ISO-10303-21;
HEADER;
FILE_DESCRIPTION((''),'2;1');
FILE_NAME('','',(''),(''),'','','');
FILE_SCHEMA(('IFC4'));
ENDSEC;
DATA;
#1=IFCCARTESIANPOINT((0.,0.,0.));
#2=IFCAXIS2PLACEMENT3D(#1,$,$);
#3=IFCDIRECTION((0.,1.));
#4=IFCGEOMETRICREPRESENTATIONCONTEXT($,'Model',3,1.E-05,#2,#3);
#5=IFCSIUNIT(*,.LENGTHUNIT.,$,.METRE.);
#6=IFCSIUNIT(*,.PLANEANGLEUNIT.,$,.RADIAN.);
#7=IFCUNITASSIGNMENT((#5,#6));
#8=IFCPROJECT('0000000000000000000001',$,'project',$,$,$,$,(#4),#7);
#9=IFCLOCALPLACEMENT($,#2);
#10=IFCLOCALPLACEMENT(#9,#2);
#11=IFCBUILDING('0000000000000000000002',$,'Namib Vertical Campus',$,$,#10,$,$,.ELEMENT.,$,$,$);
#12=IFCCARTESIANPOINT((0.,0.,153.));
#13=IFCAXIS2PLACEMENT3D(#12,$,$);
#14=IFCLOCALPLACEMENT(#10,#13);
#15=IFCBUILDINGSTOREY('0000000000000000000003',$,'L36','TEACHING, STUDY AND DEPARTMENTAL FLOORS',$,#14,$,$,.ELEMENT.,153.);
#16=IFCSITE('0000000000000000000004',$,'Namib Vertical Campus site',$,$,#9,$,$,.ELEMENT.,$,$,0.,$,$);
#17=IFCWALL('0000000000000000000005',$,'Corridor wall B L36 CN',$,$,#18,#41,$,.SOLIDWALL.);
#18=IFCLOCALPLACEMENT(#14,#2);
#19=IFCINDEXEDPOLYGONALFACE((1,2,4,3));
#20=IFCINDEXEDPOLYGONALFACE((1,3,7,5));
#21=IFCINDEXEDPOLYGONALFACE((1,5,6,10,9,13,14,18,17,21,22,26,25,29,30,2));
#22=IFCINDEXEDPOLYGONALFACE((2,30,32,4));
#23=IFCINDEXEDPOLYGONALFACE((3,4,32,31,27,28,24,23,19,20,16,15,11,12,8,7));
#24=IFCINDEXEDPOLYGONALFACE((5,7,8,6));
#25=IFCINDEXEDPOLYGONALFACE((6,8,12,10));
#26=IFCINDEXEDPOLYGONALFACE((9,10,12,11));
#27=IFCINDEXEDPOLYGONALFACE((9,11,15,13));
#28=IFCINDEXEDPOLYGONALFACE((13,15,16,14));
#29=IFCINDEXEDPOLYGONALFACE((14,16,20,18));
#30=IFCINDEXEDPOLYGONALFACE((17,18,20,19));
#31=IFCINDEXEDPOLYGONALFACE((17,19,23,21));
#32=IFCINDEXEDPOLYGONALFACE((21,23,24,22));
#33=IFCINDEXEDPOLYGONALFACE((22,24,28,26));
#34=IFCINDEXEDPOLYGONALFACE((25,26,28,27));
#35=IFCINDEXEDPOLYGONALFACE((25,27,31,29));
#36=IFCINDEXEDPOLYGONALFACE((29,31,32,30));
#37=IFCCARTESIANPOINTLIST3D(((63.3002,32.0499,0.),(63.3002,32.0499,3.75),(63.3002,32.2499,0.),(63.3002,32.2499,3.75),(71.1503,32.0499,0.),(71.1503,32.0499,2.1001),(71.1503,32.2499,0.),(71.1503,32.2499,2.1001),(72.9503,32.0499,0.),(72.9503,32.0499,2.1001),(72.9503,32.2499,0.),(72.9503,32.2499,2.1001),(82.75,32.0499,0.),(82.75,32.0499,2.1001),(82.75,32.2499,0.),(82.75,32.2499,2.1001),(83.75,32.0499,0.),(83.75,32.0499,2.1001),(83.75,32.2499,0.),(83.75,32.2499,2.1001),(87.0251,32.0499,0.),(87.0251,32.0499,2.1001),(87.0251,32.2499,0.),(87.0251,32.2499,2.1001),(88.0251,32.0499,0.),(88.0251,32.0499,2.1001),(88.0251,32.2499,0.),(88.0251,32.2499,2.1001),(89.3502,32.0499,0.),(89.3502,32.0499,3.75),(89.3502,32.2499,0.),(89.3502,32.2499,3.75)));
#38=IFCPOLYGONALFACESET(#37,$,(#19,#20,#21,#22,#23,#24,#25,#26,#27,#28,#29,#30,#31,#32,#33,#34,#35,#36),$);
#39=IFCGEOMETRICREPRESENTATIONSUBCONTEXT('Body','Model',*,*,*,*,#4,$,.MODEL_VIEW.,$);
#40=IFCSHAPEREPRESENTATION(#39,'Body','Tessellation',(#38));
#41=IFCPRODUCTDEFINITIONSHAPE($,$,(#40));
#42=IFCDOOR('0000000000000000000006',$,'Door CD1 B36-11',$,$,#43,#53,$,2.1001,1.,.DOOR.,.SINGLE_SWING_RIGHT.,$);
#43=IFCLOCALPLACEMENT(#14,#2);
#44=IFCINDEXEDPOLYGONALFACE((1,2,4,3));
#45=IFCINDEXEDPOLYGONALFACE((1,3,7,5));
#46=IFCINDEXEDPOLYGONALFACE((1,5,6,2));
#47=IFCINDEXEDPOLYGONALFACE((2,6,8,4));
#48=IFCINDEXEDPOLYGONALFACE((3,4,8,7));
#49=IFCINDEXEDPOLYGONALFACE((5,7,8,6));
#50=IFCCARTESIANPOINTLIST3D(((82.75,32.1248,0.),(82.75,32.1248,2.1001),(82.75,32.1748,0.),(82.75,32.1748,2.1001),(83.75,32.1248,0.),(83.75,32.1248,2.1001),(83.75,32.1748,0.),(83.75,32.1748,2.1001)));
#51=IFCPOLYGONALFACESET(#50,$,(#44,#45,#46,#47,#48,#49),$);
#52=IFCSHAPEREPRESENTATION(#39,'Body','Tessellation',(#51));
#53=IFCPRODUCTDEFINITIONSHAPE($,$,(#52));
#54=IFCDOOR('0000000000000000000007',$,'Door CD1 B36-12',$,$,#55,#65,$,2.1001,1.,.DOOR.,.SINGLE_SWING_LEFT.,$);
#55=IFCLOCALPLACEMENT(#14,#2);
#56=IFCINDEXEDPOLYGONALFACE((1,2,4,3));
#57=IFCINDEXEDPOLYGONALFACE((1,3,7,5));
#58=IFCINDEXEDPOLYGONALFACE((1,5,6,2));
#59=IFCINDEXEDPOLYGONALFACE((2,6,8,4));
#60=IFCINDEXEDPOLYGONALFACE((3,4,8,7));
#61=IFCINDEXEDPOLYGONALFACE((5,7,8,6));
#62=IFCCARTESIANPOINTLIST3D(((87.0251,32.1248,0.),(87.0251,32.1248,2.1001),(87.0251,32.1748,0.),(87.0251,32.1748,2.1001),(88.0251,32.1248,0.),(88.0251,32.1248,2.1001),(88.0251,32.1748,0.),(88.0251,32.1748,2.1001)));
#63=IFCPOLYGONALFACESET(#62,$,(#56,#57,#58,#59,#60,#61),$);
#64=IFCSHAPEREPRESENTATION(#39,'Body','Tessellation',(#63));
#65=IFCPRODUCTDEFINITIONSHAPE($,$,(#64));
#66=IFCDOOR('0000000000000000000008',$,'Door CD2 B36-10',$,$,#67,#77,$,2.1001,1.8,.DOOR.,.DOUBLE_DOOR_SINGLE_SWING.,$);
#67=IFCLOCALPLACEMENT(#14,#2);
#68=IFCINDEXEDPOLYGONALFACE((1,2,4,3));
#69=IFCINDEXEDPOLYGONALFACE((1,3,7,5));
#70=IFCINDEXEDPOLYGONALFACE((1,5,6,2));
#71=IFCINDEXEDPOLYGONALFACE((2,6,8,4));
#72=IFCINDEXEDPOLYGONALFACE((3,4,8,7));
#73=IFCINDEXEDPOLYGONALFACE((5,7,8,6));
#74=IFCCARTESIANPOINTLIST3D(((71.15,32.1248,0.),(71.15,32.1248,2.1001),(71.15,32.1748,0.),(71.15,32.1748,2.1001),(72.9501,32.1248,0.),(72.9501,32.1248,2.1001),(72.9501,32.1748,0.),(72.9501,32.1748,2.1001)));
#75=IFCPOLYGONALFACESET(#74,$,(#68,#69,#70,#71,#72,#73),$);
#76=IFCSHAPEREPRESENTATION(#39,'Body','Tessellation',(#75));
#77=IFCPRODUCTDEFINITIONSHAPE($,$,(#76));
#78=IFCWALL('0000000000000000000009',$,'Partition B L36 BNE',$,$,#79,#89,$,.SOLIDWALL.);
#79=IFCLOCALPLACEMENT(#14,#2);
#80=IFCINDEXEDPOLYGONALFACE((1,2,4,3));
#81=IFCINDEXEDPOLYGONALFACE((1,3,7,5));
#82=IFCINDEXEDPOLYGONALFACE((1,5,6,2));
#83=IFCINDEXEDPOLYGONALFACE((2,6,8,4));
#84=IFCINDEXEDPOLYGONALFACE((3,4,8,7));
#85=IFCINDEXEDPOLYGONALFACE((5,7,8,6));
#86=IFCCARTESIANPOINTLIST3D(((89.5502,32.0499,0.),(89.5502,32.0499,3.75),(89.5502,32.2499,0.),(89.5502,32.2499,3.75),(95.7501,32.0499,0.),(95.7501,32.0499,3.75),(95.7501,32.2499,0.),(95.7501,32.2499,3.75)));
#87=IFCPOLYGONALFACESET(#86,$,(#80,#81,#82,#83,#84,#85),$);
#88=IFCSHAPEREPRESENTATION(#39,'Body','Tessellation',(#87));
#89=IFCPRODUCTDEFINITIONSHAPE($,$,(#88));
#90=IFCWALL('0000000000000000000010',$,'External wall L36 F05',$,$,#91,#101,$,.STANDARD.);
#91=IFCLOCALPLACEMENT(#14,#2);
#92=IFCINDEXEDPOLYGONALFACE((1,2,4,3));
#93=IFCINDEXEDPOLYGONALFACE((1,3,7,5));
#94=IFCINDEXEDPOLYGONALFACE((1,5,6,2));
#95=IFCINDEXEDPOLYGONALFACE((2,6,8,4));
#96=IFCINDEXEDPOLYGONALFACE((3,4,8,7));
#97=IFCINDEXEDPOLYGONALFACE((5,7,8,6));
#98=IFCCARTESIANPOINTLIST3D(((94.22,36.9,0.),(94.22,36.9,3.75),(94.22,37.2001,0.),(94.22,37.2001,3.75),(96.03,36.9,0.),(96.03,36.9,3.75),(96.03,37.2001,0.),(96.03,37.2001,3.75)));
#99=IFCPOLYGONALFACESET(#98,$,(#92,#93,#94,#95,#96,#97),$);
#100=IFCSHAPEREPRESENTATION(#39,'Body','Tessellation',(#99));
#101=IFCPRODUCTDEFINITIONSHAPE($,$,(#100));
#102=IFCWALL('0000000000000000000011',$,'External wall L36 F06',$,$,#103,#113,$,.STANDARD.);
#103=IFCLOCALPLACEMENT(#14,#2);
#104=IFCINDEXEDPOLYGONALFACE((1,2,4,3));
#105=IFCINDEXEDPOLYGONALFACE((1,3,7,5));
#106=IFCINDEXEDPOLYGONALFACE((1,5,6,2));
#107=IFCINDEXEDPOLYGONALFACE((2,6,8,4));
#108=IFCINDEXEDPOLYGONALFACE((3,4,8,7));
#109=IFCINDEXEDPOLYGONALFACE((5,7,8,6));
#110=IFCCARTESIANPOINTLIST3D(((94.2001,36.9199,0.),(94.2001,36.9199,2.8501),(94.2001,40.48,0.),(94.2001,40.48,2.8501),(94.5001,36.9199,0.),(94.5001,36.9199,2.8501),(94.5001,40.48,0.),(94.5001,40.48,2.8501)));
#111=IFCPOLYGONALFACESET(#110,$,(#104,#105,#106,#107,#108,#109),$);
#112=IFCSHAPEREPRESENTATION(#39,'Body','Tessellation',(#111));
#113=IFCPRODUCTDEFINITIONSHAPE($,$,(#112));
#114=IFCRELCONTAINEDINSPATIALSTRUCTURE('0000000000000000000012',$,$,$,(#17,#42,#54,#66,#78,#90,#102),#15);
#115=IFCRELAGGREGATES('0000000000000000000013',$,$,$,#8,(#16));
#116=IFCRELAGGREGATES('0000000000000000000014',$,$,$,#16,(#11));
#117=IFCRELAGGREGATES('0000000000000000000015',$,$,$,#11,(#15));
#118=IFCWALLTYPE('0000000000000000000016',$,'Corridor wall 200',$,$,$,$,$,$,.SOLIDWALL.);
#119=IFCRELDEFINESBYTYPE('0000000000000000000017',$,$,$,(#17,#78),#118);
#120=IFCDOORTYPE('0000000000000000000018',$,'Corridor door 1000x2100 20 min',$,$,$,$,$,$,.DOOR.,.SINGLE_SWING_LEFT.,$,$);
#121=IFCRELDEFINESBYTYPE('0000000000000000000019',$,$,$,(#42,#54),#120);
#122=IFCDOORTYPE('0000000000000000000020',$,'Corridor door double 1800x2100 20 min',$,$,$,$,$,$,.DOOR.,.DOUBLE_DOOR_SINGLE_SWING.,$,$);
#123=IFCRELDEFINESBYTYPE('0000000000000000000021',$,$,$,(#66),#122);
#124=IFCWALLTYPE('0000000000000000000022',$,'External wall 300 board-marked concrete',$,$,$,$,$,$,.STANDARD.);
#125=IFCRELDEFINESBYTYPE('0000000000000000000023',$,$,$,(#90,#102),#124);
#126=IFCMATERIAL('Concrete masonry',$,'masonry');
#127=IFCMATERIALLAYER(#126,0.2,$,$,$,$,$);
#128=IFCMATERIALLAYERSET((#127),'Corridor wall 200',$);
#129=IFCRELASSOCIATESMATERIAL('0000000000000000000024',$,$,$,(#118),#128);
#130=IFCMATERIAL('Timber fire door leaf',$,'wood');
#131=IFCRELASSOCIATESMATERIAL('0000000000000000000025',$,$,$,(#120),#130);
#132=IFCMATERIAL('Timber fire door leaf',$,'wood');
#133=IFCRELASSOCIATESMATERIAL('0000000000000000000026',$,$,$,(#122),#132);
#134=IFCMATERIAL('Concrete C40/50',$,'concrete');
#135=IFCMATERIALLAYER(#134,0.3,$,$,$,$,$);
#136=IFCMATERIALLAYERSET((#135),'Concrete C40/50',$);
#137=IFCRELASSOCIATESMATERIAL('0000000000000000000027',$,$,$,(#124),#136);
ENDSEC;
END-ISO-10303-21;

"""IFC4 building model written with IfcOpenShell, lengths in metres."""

from ifc_helpers import new_model, si_unit, direction, frame, frame_2d, origin, place, context, subcontext, project, spatial, rectangle, extrude, material, layer, layer_set, type_object, element, fill, save


model = new_model("IFC4")

# Units and contexts
model_context = context("Model", 3, precision=1e-05, world=origin(), true_north=direction((0.0, 1.0)))
body_context = subcontext(model_context, "Body", "Model", "MODEL_VIEW")
ifc_project = project(units=[si_unit("LENGTHUNIT", "METRE"), si_unit("PLANEANGLEUNIT", "RADIAN")], contexts=[model_context])

# Site, building, storey
site_placement = place(None, origin())
site = spatial("IfcSite", under=ifc_project, at=site_placement, Name="Namib Vertical Campus site", CompositionType="ELEMENT", RefElevation=0.0)
building_placement = place(site_placement, origin())
building = spatial("IfcBuilding", under=site, at=building_placement, Name="Namib Vertical Campus", CompositionType="ELEMENT")
storey_placement = place(building_placement, frame((0.0, 0.0, 153.0)))
storey = spatial("IfcBuildingStorey", under=building, at=storey_placement, Name="L36", Description="TEACHING, STUDY AND DEPARTMENTAL FLOORS", CompositionType="ELEMENT", Elevation=153.0)

# Wall, openings, doors
ifc_material_1 = material(Name="Concrete masonry", Category="masonry")
ifc_layer_1 = layer(ifc_material_1, 0.2)
ifc_layer_set_1 = layer_set([ifc_layer_1], Name="Corridor wall 200")
wall_type_1 = type_object("IfcWallType", Name="Corridor wall 200", PredefinedType="SOLIDWALL", material=ifc_layer_set_1)
wall_1_placement = place(storey_placement, frame((89.3501, 32.1499, 0.0), z_axis=(0.0, 0.0, 1.0), x_axis=(-1.0, 0.0, 0.0)))
wall_1 = element("IfcWall", 1, at=wall_1_placement, inside=storey, type_object=wall_type_1, Name="Corridor wall B L36 CN", PredefinedType="SOLIDWALL", context=body_context, shape_type="SweptSolid", body=[
    extrude(rectangle(XDim=26.05, YDim=0.2, at=frame_2d((13.0249, 0.0))), origin(), (0.0, 0.0, 1.0), 3.75),
])
opening_1_placement = place(wall_1_placement, frame((16.3999, 0.0, 0.0)))
opening_1 = element("IfcOpeningElement", 2, at=opening_1_placement, cuts=wall_1, PredefinedType="OPENING", context=body_context, shape_type="SweptSolid", body=[
    extrude(rectangle(XDim=1.8, YDim=2.1001, at=frame_2d((0.8999, 1.05))), frame((0.0, 0.1099, 0.0), z_axis=(0.0, -1.0, 0.0), x_axis=(1.0, 0.0, 0.0)), (0.0, 0.0, 1.0), 0.22),
])
opening_2_placement = place(wall_1_placement, frame((5.6001, 0.0, 0.0)))
opening_2 = element("IfcOpeningElement", 3, at=opening_2_placement, cuts=wall_1, PredefinedType="OPENING", context=body_context, shape_type="SweptSolid", body=[
    extrude(rectangle(XDim=1.0, YDim=2.1001, at=frame_2d((0.5, 1.05))), frame((0.0, 0.1099, 0.0), z_axis=(0.0, -1.0, 0.0), x_axis=(1.0, 0.0, 0.0)), (0.0, 0.0, 1.0), 0.22),
])
opening_3_placement = place(wall_1_placement, frame((1.325, 0.0, 0.0)))
opening_3 = element("IfcOpeningElement", 4, at=opening_3_placement, cuts=wall_1, PredefinedType="OPENING", context=body_context, shape_type="SweptSolid", body=[
    extrude(rectangle(XDim=1.0, YDim=2.1001, at=frame_2d((0.5, 1.05))), frame((0.0, 0.1099, 0.0), z_axis=(0.0, -1.0, 0.0), x_axis=(1.0, 0.0, 0.0)), (0.0, 0.0, 1.0), 0.22),
])
ifc_material_2 = material(Name="Timber fire door leaf", Category="wood")
door_type_1 = type_object("IfcDoorType", Name="Corridor door 1000x2100 20 min", OperationType="SINGLE_SWING_LEFT", PredefinedType="DOOR", material=ifc_material_2)
door_1_placement = place(opening_2_placement, frame((1.0, 0.0, 0.0), z_axis=(0.0, 0.0, 1.0), x_axis=(-1.0, 0.0, 0.0)))
door_1 = element("IfcDoor", 5, at=door_1_placement, inside=storey, type_object=door_type_1, Name="Door CD1 B36-11", OperationType="SINGLE_SWING_RIGHT", OverallHeight=2.1001, OverallWidth=1.0, PredefinedType="DOOR", context=body_context, shape_type="SweptSolid", body=[
    extrude(rectangle(XDim=1.0, YDim=2.1001, at=frame_2d((0.5, 1.05))), frame((0.0, 0.0249, 0.0), z_axis=(0.0, -1.0, 0.0), x_axis=(1.0, 0.0, 0.0)), (0.0, 0.0, 1.0), 0.05),
])
fill(opening_2, door_1)
door_2_placement = place(opening_3_placement, frame((1.0, 0.0, 0.0), z_axis=(0.0, 0.0, 1.0), x_axis=(-1.0, 0.0, 0.0)))
door_2 = element("IfcDoor", 6, at=door_2_placement, inside=storey, type_object=door_type_1, Name="Door CD1 B36-12", OperationType="SINGLE_SWING_LEFT", OverallHeight=2.1001, OverallWidth=1.0, PredefinedType="DOOR", context=body_context, shape_type="SweptSolid", body=[
    extrude(rectangle(XDim=1.0, YDim=2.1001, at=frame_2d((0.5, 1.05))), frame((0.0, 0.0249, 0.0), z_axis=(0.0, -1.0, 0.0), x_axis=(1.0, 0.0, 0.0)), (0.0, 0.0, 1.0), 0.05),
])
fill(opening_3, door_2)
ifc_material_3 = material(Name="Timber fire door leaf", Category="wood")
door_type_2 = type_object("IfcDoorType", Name="Corridor door double 1800x2100 20 min", OperationType="DOUBLE_DOOR_SINGLE_SWING", PredefinedType="DOOR", material=ifc_material_3)
door_3_placement = place(opening_1_placement, frame((1.8, 0.0, 0.0), z_axis=(0.0, 0.0, 1.0), x_axis=(-1.0, 0.0, 0.0)))
door_3 = element("IfcDoor", 7, at=door_3_placement, inside=storey, type_object=door_type_2, Name="Door CD2 B36-10", OperationType="DOUBLE_DOOR_SINGLE_SWING", OverallHeight=2.1001, OverallWidth=1.8, PredefinedType="DOOR", context=body_context, shape_type="SweptSolid", body=[
    extrude(rectangle(XDim=1.8, YDim=2.1001, at=frame_2d((0.8999, 1.05))), frame((0.0, 0.0249, 0.0), z_axis=(0.0, -1.0, 0.0), x_axis=(1.0, 0.0, 0.0)), (0.0, 0.0, 1.0), 0.05),
])
fill(opening_1, door_3)

# Walls
wall_2_placement = place(storey_placement, frame((89.55, 32.1499, 0.0), z_axis=(0.0, 0.0, 1.0), x_axis=(1.0, 0.0, 0.0)))
element("IfcWall", 8, at=wall_2_placement, inside=storey, type_object=wall_type_1, Name="Partition B L36 BNE", PredefinedType="SOLIDWALL", context=body_context, shape_type="SweptSolid", body=[
    extrude(rectangle(XDim=6.2, YDim=0.2, at=frame_2d((3.1001, 0.0))), origin(), (0.0, 0.0, 1.0), 3.75),
])
ifc_material_4 = material(Name="Concrete C40/50", Category="concrete")
ifc_layer_2 = layer(ifc_material_4, 0.3)
ifc_layer_set_2 = layer_set([ifc_layer_2], Name="Concrete C40/50")
wall_type_2 = type_object("IfcWallType", Name="External wall 300 board-marked concrete", PredefinedType="STANDARD", material=ifc_layer_set_2)
wall_3_placement = place(storey_placement, frame((96.03, 37.05, 0.0), z_axis=(0.0, 0.0, 1.0), x_axis=(-1.0, 0.0, 0.0)))
element("IfcWall", 9, at=wall_3_placement, inside=storey, type_object=wall_type_2, Name="External wall L36 F05", PredefinedType="STANDARD", context=body_context, shape_type="SweptSolid", body=[
    extrude(rectangle(XDim=1.8101, YDim=0.3, at=frame_2d((0.905, 0.0))), origin(), (0.0, 0.0, 1.0), 3.75),
])
wall_4_placement = place(storey_placement, frame((94.3501, 36.9199, 0.0), z_axis=(0.0, 0.0, 1.0), x_axis=(0.0, 1.0, 0.0)))
element("IfcWall", 10, at=wall_4_placement, inside=storey, type_object=wall_type_2, Name="External wall L36 F06", PredefinedType="STANDARD", context=body_context, shape_type="SweptSolid", body=[
    extrude(rectangle(XDim=3.5601, YDim=0.3, at=frame_2d((1.78, 0.0))), origin(), (0.0, 0.0, 1.0), 2.8501),
])

save(model, "model.ifc")
